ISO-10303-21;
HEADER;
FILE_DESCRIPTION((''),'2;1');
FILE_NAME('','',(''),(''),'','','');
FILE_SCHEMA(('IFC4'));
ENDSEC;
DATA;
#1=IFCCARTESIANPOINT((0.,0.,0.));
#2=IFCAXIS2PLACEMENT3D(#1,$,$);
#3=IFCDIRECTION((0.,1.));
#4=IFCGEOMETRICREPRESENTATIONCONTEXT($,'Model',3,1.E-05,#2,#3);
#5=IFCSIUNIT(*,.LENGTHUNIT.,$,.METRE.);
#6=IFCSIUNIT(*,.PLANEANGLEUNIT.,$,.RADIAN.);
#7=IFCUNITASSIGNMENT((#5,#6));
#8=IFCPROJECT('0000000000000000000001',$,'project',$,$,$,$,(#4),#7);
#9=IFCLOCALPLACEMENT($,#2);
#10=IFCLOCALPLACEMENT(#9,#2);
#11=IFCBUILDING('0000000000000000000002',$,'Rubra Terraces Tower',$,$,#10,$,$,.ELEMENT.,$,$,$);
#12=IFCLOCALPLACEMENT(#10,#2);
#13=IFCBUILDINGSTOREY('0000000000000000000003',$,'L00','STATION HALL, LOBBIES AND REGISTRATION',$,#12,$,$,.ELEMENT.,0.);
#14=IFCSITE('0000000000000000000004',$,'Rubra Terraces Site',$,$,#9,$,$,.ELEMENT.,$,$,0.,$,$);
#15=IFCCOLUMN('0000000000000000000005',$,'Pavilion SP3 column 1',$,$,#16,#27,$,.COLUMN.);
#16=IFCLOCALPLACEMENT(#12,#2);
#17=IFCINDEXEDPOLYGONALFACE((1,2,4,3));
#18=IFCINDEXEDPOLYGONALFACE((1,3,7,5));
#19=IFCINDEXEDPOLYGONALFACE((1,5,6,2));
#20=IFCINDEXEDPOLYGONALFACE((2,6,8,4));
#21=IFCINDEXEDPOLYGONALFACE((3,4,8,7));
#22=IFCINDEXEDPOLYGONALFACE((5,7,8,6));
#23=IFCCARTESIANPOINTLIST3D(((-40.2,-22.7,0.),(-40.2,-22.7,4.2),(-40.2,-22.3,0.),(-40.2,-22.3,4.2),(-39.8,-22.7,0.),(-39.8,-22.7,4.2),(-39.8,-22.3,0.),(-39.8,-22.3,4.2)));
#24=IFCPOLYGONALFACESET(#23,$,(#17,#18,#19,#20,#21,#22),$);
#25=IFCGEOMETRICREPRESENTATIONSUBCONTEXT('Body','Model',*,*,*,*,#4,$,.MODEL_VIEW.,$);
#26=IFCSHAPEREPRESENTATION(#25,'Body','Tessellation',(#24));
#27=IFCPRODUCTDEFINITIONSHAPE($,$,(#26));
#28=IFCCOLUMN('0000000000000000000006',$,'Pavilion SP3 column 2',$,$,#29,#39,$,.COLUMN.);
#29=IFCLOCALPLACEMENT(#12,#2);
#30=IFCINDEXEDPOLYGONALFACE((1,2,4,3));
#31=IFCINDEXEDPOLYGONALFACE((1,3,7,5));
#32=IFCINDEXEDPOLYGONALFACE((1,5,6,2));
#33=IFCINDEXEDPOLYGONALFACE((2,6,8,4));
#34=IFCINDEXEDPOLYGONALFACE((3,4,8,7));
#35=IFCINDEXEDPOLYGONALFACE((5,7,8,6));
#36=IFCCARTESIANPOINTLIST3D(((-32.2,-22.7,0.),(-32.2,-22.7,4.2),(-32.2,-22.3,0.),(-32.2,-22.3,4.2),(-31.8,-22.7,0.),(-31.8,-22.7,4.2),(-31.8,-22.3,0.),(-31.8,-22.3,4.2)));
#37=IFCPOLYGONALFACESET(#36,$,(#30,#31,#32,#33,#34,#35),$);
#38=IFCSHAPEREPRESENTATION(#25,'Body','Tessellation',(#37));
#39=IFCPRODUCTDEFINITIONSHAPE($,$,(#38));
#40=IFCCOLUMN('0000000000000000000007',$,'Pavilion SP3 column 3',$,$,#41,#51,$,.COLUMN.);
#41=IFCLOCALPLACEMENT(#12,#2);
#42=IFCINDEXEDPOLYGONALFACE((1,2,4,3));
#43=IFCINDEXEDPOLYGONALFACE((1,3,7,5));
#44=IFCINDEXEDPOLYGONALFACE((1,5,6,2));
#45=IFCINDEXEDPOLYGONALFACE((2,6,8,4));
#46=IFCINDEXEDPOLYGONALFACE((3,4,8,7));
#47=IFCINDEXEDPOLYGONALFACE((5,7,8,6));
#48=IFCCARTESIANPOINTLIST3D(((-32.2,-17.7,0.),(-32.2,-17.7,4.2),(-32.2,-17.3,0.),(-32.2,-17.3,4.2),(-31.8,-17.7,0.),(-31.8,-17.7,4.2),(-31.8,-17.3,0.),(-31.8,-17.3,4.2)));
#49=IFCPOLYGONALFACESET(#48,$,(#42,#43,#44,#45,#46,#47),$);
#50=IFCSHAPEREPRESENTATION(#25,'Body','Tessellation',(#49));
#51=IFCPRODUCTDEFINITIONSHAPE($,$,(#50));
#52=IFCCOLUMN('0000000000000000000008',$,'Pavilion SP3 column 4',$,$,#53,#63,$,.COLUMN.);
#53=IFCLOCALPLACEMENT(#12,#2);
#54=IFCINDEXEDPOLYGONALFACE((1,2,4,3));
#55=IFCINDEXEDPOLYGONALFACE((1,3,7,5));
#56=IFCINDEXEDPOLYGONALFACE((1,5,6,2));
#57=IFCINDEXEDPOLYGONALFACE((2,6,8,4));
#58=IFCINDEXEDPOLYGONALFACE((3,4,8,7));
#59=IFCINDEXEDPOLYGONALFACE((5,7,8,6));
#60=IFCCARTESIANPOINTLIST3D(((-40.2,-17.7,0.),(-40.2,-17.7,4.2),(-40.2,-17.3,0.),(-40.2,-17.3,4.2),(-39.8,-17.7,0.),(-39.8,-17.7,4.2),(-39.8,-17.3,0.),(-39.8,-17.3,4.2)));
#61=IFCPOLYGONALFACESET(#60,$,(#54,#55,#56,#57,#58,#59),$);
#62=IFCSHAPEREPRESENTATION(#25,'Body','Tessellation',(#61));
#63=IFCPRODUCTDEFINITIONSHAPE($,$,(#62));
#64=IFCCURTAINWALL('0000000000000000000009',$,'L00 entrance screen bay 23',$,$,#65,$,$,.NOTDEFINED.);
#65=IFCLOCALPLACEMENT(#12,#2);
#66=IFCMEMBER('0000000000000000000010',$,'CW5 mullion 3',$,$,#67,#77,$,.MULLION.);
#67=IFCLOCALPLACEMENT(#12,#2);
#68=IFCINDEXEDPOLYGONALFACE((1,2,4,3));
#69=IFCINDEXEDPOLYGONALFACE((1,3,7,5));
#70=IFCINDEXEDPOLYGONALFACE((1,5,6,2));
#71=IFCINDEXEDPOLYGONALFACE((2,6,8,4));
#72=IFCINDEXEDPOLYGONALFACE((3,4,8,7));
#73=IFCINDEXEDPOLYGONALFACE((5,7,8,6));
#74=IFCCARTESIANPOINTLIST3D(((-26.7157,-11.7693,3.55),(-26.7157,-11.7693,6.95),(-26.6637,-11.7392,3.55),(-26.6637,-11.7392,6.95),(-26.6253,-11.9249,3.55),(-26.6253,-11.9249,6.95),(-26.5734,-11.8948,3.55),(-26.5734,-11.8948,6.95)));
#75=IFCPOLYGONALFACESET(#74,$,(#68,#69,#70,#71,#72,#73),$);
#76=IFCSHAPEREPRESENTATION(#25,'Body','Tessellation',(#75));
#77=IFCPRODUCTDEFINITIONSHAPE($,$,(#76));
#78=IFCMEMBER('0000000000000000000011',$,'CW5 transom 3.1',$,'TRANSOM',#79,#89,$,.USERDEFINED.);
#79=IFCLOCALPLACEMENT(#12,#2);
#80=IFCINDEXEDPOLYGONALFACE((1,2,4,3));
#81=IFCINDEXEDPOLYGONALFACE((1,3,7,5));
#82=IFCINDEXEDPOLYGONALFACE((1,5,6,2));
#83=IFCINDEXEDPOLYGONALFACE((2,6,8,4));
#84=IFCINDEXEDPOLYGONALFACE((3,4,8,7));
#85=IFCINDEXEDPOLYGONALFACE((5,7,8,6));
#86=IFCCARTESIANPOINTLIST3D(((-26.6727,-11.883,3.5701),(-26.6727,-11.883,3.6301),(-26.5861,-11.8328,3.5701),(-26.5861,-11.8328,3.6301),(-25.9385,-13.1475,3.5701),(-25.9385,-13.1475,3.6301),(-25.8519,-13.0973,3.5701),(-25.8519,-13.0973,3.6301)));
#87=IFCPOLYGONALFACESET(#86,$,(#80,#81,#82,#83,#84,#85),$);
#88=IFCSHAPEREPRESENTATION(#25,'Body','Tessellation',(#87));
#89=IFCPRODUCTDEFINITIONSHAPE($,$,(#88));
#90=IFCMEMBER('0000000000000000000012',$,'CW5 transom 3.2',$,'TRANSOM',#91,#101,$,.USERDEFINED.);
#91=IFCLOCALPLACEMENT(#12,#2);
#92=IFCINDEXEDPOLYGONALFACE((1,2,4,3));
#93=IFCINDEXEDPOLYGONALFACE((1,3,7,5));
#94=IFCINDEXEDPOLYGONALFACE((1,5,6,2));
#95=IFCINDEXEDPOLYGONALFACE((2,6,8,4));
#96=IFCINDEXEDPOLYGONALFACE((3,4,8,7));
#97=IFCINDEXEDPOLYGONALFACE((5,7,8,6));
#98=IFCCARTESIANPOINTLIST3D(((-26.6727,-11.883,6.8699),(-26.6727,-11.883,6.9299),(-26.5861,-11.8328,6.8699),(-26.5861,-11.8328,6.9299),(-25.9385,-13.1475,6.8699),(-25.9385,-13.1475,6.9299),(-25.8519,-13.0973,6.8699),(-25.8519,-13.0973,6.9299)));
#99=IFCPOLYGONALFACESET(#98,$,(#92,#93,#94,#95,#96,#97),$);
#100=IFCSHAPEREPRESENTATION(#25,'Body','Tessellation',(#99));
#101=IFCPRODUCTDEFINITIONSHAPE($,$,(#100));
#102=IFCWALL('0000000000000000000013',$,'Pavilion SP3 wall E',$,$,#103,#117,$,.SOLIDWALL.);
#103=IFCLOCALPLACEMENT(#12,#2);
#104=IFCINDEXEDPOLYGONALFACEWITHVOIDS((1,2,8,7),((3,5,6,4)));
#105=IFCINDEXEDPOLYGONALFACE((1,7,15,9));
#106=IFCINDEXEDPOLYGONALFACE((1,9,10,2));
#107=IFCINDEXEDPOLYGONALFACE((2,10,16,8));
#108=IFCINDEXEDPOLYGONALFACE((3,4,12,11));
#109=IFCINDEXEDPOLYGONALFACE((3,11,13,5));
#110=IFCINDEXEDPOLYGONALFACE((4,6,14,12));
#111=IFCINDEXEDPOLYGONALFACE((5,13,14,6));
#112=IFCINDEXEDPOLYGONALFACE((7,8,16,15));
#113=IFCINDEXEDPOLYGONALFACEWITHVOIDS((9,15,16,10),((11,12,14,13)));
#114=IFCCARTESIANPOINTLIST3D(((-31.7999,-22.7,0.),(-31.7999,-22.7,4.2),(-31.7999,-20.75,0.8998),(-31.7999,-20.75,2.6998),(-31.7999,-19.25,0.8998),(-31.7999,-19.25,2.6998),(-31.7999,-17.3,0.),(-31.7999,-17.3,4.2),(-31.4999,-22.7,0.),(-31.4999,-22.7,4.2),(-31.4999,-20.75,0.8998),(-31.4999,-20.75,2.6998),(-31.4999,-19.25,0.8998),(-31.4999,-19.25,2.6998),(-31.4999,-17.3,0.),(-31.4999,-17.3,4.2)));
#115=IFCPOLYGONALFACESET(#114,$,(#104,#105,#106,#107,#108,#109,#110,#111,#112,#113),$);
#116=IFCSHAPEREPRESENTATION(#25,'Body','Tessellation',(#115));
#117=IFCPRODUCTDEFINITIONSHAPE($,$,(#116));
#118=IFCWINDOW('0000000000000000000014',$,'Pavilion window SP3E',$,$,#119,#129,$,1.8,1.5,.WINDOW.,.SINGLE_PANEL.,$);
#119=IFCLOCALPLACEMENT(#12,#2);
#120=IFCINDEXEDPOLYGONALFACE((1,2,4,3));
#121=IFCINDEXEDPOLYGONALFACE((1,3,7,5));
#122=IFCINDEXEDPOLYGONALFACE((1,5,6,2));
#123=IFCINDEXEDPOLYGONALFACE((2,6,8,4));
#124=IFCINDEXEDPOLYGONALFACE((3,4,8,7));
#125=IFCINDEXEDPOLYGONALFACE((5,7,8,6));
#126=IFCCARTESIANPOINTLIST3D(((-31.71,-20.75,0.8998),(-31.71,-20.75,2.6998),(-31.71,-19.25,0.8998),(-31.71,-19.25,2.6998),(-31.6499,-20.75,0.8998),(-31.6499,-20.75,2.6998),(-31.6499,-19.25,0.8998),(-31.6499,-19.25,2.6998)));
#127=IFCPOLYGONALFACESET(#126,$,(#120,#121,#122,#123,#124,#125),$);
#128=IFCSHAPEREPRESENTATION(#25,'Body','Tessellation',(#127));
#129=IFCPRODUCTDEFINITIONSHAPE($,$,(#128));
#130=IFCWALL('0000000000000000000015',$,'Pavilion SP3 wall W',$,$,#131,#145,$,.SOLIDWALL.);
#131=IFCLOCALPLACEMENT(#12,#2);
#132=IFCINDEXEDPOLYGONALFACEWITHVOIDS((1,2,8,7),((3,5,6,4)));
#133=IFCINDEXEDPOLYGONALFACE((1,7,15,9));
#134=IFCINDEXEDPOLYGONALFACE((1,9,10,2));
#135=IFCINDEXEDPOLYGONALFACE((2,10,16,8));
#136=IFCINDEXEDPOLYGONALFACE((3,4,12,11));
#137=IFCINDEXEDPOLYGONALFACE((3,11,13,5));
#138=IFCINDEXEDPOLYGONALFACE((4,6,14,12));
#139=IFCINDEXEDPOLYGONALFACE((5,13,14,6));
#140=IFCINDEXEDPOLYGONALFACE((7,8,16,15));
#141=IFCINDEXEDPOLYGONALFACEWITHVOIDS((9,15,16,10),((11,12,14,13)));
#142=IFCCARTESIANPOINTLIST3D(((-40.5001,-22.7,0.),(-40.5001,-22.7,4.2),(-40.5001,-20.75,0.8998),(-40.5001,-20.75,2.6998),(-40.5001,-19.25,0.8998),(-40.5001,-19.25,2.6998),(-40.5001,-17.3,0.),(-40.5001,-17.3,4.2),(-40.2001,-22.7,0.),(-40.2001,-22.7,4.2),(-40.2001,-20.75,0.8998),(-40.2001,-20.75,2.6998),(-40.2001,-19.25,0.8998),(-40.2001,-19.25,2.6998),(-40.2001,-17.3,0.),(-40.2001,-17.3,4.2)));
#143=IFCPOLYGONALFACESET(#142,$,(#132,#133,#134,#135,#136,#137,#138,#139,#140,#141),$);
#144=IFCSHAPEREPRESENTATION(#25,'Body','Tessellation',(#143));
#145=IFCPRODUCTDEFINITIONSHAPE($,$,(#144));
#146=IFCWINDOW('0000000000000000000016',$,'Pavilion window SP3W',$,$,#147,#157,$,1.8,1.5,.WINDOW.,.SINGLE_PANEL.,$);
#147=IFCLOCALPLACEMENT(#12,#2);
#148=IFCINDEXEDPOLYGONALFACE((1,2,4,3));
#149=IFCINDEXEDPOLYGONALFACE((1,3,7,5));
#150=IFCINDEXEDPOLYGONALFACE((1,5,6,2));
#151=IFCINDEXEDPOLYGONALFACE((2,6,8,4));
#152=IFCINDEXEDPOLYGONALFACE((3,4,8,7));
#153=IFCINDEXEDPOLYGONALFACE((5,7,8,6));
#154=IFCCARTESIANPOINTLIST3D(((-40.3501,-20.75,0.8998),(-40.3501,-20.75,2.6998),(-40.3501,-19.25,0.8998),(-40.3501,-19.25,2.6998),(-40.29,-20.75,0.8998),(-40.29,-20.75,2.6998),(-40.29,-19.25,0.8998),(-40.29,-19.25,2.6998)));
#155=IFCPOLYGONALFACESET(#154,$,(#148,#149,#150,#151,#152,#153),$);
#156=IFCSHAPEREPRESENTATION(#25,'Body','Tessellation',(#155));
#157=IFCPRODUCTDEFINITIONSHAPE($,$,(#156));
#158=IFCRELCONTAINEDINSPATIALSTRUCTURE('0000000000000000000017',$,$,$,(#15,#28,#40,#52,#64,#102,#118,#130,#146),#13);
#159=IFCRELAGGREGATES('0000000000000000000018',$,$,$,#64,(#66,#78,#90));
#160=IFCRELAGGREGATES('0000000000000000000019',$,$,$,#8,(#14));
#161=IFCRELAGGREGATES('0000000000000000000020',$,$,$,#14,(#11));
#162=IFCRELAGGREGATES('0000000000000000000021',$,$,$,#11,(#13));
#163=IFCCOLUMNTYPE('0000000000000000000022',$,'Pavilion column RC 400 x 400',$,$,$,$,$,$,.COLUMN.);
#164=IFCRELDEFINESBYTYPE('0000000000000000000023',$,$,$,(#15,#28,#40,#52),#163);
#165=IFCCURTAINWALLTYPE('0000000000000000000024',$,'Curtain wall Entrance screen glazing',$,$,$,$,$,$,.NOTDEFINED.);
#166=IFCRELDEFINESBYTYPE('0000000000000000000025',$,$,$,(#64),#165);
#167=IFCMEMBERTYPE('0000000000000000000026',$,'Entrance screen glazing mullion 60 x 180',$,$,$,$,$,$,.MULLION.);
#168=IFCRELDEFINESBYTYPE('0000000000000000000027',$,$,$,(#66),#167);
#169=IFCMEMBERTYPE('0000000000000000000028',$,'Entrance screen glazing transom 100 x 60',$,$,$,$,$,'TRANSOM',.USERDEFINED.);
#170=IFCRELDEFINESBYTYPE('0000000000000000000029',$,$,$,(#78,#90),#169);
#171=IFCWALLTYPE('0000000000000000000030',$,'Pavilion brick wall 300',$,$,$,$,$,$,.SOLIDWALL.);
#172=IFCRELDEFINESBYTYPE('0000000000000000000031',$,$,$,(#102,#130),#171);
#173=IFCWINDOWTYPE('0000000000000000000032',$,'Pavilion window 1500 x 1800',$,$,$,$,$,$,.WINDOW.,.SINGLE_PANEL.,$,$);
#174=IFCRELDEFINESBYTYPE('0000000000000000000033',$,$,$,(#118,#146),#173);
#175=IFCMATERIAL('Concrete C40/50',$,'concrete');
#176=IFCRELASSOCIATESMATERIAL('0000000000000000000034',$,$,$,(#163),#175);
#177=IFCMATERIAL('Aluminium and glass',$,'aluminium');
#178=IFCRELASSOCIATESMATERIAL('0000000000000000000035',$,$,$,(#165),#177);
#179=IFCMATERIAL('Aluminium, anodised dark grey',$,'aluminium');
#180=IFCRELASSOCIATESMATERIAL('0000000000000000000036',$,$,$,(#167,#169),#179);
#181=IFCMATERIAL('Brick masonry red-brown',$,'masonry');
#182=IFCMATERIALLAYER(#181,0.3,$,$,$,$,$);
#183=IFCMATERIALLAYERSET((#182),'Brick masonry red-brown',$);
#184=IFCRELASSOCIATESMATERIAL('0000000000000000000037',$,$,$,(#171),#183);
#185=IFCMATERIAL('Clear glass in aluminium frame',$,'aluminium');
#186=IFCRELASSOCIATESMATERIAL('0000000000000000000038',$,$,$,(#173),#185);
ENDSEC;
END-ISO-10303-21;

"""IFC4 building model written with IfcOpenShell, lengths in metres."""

from ifc_helpers import new_model, si_unit, direction, frame, frame_2d, origin, origin_2d, place, context, subcontext, project, spatial, rectangle, extrude, material, layer, layer_set, material_profile, profile_set, type_object, element, fill, aggregate, save


model = new_model("IFC4")

# Units and contexts
model_context = context("Model", 3, precision=1e-05, world=origin(), true_north=direction((0.0, 1.0)))
body_context = subcontext(model_context, "Body", "Model", "MODEL_VIEW")
ifc_project = project(units=[si_unit("LENGTHUNIT", "METRE"), si_unit("PLANEANGLEUNIT", "RADIAN")], contexts=[model_context])

# Site, building, storey
site_placement = place(None, origin())
site = spatial("IfcSite", under=ifc_project, at=site_placement, Name="Rubra Terraces Site", CompositionType="ELEMENT", RefElevation=0.0)
building_placement = place(site_placement, origin())
building = spatial("IfcBuilding", under=site, at=building_placement, Name="Rubra Terraces Tower", CompositionType="ELEMENT")
storey_placement = place(building_placement, origin())
storey = spatial("IfcBuildingStorey", under=building, at=storey_placement, Name="L00", Description="STATION HALL, LOBBIES AND REGISTRATION", CompositionType="ELEMENT", Elevation=0.0)

# Columns
ifc_material_1 = material(Name="Concrete C40/50", Category="concrete")
ifc_material_profile_1 = material_profile(ifc_material_1, rectangle(XDim=0.3999, YDim=0.3999, at=origin_2d()), Name="RC 400x400")
ifc_profile_set_1 = profile_set([ifc_material_profile_1], Name="Concrete C40/50")
column_type = type_object("IfcColumnType", Name="Pavilion column RC 400 x 400", PredefinedType="COLUMN", material=ifc_profile_set_1)
for number, where, z_axis, x_axis, name in (
    (1, (-40.0, -22.5, 0.0), (0.0, 0.0, 1.0), (1.0, 0.0, 0.0), "Pavilion SP3 column 1"),
    (2, (-32.0, -22.5, 0.0), (0.0, 0.0, 1.0), (1.0, 0.0, 0.0), "Pavilion SP3 column 2"),
    (3, (-32.0, -17.5, 0.0), (0.0, 0.0, 1.0), (1.0, 0.0, 0.0), "Pavilion SP3 column 3"),
    (4, (-40.0, -17.5, 0.0), (0.0, 0.0, 1.0), (1.0, 0.0, 0.0), "Pavilion SP3 column 4"),
):
    element("IfcColumn", number, at=place(storey_placement, frame(where, z_axis=z_axis, x_axis=x_axis)), inside=storey, type_object=column_type, Name=name, PredefinedType="COLUMN", context=body_context, shape_type="SweptSolid", body=[
        extrude(rectangle(XDim=0.3999, YDim=0.3999, at=origin_2d()), origin(), (0.0, 0.0, 1.0), 4.2),
    ])

# Curtain wall, members
ifc_material_2 = material(Name="Aluminium and glass", Category="aluminium")
curtain_wall_type = type_object("IfcCurtainWallType", Name="Curtain wall Entrance screen glazing", PredefinedType="NOTDEFINED", material=ifc_material_2)
curtain_wall_placement = place(storey_placement, origin())
curtain_wall = element("IfcCurtainWall", 5, at=curtain_wall_placement, inside=storey, type_object=curtain_wall_type, Name="L00 entrance screen bay 23", PredefinedType="NOTDEFINED")
ifc_material_3 = material(Name="Aluminium, anodised dark grey", Category="aluminium")
ifc_material_profile_2 = material_profile(ifc_material_3, rectangle(XDim=0.0601, YDim=0.1799, at=origin_2d()), Name="AL 60x180")
ifc_profile_set_2 = profile_set([ifc_material_profile_2], Name="Aluminium, anodised dark grey")
member_type_1 = type_object("IfcMemberType", Name="Entrance screen glazing mullion 60 x 180", PredefinedType="MULLION", material=ifc_profile_set_2)
member_1_placement = place(storey_placement, frame((-26.6445, -11.832, 3.55), z_axis=(0.0, 0.0, 1.0), x_axis=(0.864813, 0.502094, 0.0)))
member_1 = element("IfcMember", 6, at=member_1_placement, type_object=member_type_1, Name="CW5 mullion 3", PredefinedType="MULLION", context=body_context, shape_type="SweptSolid", body=[
    extrude(rectangle(XDim=0.0601, YDim=0.1799, at=origin_2d()), origin(), (0.0, 0.0, 1.0), 3.3999),
])
ifc_material_profile_3 = material_profile(ifc_material_3, rectangle(XDim=0.1001, YDim=0.0601, at=origin_2d()), Name="AL 100x60")
ifc_profile_set_3 = profile_set([ifc_material_profile_3], Name="Aluminium, anodised dark grey")
member_type_2 = type_object("IfcMemberType", Name="Entrance screen glazing transom 100 x 60", ElementType="TRANSOM", PredefinedType="USERDEFINED", material=ifc_profile_set_3)
member_2_placement = place(storey_placement, frame((-26.6294, -11.8579, 3.6001), z_axis=(0.502115, -0.864801, 0.0), x_axis=(0.864801, 0.502115, 0.0)))
member_2 = element("IfcMember", 7, at=member_2_placement, type_object=member_type_2, Name="CW5 transom 3.1", ObjectType="TRANSOM", PredefinedType="USERDEFINED", context=body_context, shape_type="SweptSolid", body=[
    extrude(rectangle(XDim=0.1001, YDim=0.0601, at=origin_2d()), origin(), (0.0, 0.0, 1.0), 1.4622),
])
member_3_placement = place(storey_placement, frame((-26.6294, -11.8579, 6.8999), z_axis=(0.502115, -0.864801, 0.0), x_axis=(0.864801, 0.502115, 0.0)))
member_3 = element("IfcMember", 8, at=member_3_placement, type_object=member_type_2, Name="CW5 transom 3.2", ObjectType="TRANSOM", PredefinedType="USERDEFINED", context=body_context, shape_type="SweptSolid", body=[
    extrude(rectangle(XDim=0.1001, YDim=0.0601, at=origin_2d()), origin(), (0.0, 0.0, 1.0), 1.4622),
])
aggregate(curtain_wall, [member_1, member_2, member_3])

# Shared definitions
ifc_material_4 = material(Name="Brick masonry red-brown", Category="masonry")
ifc_layer = layer(ifc_material_4, 0.3)
ifc_layer_set = layer_set([ifc_layer], Name="Brick masonry red-brown")
wall_type = type_object("IfcWallType", Name="Pavilion brick wall 300", PredefinedType="SOLIDWALL", material=ifc_layer_set)

# Wall, opening, window
wall_1_placement = place(storey_placement, frame((-31.6499, -22.7, 0.0), z_axis=(0.0, 0.0, 1.0), x_axis=(0.0, 1.0, 0.0)))
wall_1 = element("IfcWall", 9, at=wall_1_placement, inside=storey, type_object=wall_type, Name="Pavilion SP3 wall E", PredefinedType="SOLIDWALL", context=body_context, shape_type="SweptSolid", body=[
    extrude(rectangle(XDim=5.3999, YDim=0.3, at=frame_2d((2.7, 0.0))), origin(), (0.0, 0.0, 1.0), 4.2),
])
opening_1_placement = place(wall_1_placement, frame((1.95, 0.0, 0.8999)))
opening_1 = element("IfcOpeningElement", 10, at=opening_1_placement, cuts=wall_1, PredefinedType="OPENING", context=body_context, shape_type="SweptSolid", body=[
    extrude(rectangle(XDim=1.5, YDim=1.8, at=frame_2d((0.75, 0.8999))), frame((0.0, 0.1599, 0.0), z_axis=(0.0, -1.0, 0.0), x_axis=(1.0, 0.0, 0.0)), (0.0, 0.0, 1.0), 0.3201),
])
ifc_material_5 = material(Name="Clear glass in aluminium frame", Category="aluminium")
window_type = type_object("IfcWindowType", Name="Pavilion window 1500 x 1800", PartitioningType="SINGLE_PANEL", PredefinedType="WINDOW", material=ifc_material_5)
window_1_placement = place(opening_1_placement, origin())
window_1 = element("IfcWindow", 11, at=window_1_placement, inside=storey, type_object=window_type, Name="Pavilion window SP3E", OverallHeight=1.8, OverallWidth=1.5, PartitioningType="SINGLE_PANEL", PredefinedType="WINDOW", context=body_context, shape_type="SweptSolid", body=[
    extrude(rectangle(XDim=1.5, YDim=1.8, at=frame_2d((0.75, 0.8999))), frame((0.0, 0.0601, 0.0), z_axis=(0.0, -1.0, 0.0), x_axis=(1.0, 0.0, 0.0)), (0.0, 0.0, 1.0), 0.0601),
])
fill(opening_1, window_1)

# Wall, opening, window
wall_2_placement = place(storey_placement, frame((-40.3501, -17.3, 0.0), z_axis=(0.0, 0.0, 1.0), x_axis=(0.0, -1.0, 0.0)))
wall_2 = element("IfcWall", 12, at=wall_2_placement, inside=storey, type_object=wall_type, Name="Pavilion SP3 wall W", PredefinedType="SOLIDWALL", context=body_context, shape_type="SweptSolid", body=[
    extrude(rectangle(XDim=5.3999, YDim=0.3, at=frame_2d((2.7, 0.0))), origin(), (0.0, 0.0, 1.0), 4.2),
])
opening_2_placement = place(wall_2_placement, frame((1.95, 0.0, 0.8999)))
opening_2 = element("IfcOpeningElement", 13, at=opening_2_placement, cuts=wall_2, PredefinedType="OPENING", context=body_context, shape_type="SweptSolid", body=[
    extrude(rectangle(XDim=1.5, YDim=1.8, at=frame_2d((0.75, 0.8999))), frame((0.0, 0.1599, 0.0), z_axis=(0.0, -1.0, 0.0), x_axis=(1.0, 0.0, 0.0)), (0.0, 0.0, 1.0), 0.3201),
])
window_2_placement = place(opening_2_placement, origin())
window_2 = element("IfcWindow", 14, at=window_2_placement, inside=storey, type_object=window_type, Name="Pavilion window SP3W", OverallHeight=1.8, OverallWidth=1.5, PartitioningType="SINGLE_PANEL", PredefinedType="WINDOW", context=body_context, shape_type="SweptSolid", body=[
    extrude(rectangle(XDim=1.5, YDim=1.8, at=frame_2d((0.75, 0.8999))), frame((0.0, 0.0601, 0.0), z_axis=(0.0, -1.0, 0.0), x_axis=(1.0, 0.0, 0.0)), (0.0, 0.0, 1.0), 0.0601),
])
fill(opening_2, window_2)

save(model, "model.ifc")
